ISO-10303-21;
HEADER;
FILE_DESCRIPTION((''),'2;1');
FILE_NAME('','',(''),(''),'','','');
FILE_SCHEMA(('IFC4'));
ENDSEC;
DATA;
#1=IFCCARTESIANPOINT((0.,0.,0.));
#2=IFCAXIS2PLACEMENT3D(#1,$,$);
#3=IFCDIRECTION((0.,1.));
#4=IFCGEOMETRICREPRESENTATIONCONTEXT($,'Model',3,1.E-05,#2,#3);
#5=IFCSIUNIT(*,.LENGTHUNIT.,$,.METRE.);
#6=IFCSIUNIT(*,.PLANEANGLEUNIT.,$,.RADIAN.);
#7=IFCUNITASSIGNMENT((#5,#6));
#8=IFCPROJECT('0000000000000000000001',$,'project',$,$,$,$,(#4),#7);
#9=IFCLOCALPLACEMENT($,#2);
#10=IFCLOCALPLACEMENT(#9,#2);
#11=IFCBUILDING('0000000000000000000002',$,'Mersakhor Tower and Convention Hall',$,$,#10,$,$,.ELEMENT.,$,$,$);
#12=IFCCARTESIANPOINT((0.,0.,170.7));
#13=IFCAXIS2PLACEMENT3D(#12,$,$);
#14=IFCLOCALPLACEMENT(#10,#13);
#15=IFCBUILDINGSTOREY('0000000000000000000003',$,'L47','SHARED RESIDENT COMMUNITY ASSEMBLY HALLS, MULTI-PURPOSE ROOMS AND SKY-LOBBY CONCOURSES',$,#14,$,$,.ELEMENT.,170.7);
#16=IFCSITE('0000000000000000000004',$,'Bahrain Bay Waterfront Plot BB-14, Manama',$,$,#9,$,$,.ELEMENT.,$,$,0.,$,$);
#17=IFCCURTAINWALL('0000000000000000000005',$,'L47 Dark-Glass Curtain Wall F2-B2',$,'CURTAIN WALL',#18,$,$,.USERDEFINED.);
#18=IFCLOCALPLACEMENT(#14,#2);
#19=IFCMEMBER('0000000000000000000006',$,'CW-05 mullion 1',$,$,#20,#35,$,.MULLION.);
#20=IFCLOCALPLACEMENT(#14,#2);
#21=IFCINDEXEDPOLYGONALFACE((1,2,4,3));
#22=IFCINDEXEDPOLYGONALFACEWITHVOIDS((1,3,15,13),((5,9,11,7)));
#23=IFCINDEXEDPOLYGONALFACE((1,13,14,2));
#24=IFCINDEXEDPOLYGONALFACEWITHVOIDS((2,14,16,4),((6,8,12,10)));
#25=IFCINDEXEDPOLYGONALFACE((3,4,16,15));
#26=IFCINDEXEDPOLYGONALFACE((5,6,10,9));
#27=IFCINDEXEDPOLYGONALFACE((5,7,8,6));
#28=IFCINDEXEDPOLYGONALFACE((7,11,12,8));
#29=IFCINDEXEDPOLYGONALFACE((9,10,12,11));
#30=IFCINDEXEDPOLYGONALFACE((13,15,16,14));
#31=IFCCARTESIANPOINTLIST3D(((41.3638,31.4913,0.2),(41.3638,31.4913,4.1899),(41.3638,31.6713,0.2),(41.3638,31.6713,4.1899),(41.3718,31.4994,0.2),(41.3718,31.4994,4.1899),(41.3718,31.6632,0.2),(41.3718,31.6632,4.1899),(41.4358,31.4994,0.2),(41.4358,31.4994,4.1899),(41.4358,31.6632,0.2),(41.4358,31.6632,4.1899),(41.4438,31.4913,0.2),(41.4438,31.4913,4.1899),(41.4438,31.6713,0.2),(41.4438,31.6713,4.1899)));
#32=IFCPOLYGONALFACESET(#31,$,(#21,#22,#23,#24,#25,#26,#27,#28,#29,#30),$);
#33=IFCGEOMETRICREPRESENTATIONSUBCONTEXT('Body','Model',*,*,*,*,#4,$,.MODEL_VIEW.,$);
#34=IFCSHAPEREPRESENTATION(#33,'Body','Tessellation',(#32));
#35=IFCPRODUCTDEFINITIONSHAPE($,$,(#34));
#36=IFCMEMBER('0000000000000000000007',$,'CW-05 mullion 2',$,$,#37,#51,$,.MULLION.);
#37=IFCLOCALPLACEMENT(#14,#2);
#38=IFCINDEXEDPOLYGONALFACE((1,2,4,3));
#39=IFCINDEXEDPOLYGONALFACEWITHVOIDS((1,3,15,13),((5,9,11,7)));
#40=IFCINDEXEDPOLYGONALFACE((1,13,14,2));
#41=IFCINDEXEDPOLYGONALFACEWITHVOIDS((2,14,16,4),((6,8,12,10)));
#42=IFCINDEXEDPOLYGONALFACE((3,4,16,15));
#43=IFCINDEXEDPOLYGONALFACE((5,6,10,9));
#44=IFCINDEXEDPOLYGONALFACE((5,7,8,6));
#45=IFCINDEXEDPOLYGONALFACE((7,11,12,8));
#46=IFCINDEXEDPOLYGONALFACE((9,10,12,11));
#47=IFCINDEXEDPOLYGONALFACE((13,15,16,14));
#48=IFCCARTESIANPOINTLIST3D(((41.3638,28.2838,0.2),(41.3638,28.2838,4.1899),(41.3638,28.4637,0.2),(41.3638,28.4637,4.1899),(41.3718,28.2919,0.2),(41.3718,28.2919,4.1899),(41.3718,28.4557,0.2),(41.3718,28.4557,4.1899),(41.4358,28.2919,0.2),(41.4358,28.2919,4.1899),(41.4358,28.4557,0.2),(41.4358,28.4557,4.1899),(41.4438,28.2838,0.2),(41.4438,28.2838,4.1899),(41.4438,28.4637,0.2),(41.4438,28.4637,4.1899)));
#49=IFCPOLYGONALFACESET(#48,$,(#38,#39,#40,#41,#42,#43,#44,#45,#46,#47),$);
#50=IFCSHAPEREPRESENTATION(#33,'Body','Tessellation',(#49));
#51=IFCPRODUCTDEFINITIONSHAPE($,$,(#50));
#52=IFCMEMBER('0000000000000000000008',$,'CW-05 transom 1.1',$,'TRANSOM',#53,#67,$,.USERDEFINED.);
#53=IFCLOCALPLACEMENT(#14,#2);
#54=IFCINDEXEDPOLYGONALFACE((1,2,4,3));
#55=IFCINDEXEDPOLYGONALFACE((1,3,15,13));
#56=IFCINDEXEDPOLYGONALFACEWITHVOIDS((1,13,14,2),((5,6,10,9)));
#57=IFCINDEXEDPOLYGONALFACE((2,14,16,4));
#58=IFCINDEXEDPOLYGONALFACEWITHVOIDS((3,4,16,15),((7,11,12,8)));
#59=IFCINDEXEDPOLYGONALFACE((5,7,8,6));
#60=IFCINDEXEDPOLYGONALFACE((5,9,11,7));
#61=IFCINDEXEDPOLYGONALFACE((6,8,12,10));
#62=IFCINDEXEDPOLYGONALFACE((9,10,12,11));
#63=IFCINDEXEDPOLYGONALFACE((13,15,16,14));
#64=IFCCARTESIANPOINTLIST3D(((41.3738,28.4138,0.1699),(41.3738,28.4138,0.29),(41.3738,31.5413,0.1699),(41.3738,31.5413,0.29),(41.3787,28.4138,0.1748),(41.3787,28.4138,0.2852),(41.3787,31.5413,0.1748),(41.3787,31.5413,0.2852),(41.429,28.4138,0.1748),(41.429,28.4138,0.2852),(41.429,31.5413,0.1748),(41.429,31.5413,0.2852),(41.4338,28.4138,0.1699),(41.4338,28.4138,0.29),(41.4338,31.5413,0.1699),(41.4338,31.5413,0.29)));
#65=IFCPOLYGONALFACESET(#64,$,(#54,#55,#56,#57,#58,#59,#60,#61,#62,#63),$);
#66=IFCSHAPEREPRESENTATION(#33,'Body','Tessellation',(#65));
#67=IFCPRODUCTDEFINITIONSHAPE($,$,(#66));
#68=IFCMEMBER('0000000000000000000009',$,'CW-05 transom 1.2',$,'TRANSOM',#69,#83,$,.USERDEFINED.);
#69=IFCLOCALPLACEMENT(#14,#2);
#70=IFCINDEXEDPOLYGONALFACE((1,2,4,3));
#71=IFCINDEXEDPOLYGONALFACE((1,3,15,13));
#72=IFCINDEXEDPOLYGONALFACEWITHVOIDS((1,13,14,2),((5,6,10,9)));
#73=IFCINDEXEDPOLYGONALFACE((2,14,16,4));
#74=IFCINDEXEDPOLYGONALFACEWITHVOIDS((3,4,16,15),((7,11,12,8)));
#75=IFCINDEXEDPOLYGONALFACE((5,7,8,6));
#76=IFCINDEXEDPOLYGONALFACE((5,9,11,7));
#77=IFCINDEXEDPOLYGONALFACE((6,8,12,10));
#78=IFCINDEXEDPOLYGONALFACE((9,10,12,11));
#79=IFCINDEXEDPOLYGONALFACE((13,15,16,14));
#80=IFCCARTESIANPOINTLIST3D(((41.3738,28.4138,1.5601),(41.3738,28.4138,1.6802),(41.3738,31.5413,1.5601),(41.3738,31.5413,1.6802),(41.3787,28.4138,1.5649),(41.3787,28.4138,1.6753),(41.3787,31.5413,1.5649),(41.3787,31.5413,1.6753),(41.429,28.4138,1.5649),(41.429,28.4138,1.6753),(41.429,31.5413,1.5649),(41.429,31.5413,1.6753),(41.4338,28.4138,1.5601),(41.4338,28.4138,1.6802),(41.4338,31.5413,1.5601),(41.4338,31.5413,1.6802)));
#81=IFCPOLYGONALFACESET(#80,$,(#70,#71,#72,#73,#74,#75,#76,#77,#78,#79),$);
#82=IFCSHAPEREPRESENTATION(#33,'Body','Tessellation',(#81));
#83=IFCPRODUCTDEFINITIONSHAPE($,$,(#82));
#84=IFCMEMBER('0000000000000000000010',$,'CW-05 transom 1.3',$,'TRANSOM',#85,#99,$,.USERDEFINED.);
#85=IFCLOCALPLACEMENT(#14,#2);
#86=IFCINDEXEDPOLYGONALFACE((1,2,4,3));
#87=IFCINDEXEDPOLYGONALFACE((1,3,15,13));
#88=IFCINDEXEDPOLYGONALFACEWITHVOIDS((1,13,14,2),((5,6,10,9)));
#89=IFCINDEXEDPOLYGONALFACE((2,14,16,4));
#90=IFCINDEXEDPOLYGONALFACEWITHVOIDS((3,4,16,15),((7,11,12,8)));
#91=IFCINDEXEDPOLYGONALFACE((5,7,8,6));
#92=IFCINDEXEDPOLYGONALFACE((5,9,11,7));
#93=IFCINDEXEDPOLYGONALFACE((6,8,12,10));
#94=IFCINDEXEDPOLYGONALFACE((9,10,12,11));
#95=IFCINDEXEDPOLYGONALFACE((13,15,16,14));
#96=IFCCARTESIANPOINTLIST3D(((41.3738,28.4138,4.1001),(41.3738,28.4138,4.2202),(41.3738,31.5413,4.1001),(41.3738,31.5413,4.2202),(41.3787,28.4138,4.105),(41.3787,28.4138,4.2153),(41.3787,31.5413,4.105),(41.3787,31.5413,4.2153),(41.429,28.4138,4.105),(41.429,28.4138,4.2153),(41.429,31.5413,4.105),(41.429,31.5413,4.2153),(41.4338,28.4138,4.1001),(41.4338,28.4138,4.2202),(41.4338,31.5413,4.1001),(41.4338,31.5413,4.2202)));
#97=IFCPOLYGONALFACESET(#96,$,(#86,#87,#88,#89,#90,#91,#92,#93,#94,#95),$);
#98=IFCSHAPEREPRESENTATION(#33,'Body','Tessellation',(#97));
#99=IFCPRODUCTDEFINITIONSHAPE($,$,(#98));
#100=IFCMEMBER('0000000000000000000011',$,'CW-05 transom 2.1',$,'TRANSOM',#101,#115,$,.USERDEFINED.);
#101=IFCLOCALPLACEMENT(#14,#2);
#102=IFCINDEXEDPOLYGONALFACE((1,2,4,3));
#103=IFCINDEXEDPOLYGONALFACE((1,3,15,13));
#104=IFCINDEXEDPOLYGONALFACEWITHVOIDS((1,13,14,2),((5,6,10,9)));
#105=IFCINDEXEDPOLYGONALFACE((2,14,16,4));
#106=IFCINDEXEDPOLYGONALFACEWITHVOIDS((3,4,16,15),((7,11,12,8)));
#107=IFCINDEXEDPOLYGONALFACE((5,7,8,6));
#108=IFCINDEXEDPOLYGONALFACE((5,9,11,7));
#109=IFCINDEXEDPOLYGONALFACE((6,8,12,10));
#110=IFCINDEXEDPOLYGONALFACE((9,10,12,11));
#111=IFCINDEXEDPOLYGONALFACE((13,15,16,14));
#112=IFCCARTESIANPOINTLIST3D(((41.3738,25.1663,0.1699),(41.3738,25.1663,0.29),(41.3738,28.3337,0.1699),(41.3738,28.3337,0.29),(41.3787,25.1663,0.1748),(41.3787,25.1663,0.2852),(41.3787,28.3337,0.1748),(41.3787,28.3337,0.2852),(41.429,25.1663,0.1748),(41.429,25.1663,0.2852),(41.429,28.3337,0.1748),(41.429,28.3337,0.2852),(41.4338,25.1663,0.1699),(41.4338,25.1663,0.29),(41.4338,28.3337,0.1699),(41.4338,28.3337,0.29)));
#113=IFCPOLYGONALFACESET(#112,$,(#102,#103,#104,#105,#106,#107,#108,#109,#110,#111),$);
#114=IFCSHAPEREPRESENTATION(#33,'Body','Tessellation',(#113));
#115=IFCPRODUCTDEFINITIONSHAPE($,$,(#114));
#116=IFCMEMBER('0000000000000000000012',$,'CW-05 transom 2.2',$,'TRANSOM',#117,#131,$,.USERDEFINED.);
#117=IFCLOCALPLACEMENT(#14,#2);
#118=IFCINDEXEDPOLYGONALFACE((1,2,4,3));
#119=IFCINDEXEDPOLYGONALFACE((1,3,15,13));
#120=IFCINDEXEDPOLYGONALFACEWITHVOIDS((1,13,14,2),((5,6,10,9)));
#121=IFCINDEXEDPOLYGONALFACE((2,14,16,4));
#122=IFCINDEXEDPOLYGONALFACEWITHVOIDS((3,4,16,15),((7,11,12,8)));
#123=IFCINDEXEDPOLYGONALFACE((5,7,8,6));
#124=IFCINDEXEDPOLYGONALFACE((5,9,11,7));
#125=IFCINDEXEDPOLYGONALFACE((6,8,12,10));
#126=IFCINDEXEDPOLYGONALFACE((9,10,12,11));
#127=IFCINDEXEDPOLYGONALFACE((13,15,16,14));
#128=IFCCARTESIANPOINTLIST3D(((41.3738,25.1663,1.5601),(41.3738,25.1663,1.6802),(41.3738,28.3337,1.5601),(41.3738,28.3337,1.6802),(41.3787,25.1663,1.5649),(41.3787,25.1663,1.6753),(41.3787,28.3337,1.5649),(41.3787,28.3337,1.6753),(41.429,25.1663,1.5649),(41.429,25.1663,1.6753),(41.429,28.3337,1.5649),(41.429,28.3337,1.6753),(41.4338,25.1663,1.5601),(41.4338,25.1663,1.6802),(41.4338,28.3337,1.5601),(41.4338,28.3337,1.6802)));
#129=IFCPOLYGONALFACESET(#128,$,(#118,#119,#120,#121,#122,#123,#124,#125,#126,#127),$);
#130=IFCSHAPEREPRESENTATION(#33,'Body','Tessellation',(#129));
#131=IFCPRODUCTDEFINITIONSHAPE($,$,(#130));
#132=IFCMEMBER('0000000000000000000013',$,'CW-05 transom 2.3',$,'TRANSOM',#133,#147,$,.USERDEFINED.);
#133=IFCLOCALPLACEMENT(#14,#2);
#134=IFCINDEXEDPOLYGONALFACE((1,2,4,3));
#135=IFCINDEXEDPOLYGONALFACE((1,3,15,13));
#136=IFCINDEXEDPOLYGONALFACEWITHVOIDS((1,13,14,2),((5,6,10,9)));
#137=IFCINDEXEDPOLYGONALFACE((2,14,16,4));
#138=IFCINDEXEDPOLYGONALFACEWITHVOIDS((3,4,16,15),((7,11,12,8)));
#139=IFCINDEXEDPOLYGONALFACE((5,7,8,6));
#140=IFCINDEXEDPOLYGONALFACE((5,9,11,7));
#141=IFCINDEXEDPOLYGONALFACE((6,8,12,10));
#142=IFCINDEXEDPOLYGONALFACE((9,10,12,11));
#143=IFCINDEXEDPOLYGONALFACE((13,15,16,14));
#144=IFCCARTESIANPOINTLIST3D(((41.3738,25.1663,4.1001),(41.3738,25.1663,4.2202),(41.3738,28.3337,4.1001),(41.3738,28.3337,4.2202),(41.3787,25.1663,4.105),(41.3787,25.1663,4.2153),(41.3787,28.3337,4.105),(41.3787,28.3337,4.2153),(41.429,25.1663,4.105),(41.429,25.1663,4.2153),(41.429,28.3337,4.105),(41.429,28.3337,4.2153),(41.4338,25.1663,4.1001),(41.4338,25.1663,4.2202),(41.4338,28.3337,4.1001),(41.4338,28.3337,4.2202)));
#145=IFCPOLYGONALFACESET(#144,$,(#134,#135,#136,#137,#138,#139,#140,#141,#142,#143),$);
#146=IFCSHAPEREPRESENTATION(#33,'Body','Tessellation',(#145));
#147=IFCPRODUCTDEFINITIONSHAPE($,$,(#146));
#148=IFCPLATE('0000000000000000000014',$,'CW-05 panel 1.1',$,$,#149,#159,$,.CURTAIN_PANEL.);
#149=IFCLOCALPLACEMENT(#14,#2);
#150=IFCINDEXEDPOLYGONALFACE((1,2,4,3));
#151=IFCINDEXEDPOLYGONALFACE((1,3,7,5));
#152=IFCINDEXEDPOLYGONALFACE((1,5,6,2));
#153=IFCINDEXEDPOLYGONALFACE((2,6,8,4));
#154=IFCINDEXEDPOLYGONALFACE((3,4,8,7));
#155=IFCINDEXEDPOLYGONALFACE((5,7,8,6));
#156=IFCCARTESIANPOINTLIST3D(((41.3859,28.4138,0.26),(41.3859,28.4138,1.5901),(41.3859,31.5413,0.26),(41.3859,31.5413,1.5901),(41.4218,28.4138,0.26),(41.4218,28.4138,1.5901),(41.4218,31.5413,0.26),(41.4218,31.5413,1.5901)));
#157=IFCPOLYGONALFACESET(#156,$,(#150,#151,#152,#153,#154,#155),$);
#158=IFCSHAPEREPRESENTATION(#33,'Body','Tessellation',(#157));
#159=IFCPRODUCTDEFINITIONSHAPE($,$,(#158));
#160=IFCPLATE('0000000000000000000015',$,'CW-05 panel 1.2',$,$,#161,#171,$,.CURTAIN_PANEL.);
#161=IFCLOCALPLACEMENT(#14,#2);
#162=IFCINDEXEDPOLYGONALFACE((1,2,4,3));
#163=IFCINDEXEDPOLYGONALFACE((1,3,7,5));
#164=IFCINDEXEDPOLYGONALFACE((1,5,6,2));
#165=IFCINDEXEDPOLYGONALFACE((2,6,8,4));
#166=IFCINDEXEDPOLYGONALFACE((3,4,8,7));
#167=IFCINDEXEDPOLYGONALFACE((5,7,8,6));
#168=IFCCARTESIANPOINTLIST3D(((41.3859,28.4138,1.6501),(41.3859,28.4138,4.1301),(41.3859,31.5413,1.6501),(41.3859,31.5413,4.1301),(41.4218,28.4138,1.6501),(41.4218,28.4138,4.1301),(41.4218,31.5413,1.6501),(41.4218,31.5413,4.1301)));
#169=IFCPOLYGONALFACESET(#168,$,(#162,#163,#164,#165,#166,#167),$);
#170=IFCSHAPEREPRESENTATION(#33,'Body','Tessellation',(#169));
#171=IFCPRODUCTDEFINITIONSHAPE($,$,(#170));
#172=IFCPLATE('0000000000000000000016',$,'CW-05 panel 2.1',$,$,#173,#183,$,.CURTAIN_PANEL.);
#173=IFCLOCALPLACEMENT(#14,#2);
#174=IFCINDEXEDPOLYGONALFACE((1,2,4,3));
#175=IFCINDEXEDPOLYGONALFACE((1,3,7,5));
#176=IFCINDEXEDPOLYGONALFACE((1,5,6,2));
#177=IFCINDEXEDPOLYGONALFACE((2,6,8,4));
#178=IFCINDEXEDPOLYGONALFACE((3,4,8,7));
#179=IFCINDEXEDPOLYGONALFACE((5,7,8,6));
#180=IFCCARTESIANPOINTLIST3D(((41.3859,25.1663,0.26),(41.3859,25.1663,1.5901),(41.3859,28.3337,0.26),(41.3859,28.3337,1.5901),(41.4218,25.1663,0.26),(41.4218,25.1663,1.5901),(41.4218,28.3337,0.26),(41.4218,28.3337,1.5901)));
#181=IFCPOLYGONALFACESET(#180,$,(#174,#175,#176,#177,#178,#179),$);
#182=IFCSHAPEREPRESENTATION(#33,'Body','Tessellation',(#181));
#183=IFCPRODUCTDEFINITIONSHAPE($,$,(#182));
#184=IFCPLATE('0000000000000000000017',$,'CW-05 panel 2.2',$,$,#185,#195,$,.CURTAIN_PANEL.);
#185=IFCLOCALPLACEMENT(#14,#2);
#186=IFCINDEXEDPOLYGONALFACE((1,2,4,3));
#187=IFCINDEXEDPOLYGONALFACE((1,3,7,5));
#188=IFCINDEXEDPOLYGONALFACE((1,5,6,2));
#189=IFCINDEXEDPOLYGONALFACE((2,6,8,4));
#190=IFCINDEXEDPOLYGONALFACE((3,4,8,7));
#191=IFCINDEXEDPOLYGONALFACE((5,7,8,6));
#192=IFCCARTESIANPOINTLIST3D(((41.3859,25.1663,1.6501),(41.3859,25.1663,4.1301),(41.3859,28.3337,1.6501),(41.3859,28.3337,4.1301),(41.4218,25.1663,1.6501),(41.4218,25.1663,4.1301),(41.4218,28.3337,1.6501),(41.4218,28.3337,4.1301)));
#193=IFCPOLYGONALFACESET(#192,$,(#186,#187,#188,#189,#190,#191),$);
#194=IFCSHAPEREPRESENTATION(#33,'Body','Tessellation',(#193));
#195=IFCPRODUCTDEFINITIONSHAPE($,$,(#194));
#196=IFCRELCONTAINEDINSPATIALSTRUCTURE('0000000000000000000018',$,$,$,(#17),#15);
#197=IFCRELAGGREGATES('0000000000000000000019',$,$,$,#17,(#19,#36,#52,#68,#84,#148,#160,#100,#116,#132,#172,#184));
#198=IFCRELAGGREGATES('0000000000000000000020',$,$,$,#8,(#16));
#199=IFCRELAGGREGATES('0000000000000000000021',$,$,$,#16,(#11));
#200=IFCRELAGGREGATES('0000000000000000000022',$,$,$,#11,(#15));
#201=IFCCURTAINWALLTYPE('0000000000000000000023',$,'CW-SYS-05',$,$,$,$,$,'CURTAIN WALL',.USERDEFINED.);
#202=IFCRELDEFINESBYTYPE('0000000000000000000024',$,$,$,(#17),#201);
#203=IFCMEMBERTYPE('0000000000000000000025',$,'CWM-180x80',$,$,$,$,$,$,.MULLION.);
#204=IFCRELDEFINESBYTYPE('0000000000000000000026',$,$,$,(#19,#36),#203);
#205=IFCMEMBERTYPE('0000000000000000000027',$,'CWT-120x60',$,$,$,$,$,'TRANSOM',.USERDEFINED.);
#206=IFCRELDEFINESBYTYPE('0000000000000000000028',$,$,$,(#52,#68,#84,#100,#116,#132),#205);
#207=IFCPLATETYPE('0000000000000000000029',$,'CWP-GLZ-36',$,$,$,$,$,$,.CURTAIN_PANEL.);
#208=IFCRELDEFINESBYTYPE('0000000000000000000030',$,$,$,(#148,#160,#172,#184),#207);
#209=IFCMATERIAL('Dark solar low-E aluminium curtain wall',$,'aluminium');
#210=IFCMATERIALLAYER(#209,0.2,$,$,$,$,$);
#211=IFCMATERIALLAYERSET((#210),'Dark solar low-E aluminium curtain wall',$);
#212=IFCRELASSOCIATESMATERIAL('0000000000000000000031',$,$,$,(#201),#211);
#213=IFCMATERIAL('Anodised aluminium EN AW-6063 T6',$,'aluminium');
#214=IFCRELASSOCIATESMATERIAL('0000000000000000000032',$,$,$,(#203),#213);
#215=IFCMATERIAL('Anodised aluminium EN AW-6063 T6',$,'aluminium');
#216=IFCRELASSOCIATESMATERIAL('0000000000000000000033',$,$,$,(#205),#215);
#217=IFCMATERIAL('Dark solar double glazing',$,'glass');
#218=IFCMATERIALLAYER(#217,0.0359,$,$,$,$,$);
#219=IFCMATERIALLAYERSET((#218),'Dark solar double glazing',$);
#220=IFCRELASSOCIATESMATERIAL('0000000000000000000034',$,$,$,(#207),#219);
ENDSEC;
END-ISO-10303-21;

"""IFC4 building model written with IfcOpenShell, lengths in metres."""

from ifc_helpers import new_model, si_unit, direction, frame, origin, origin_2d, place, context, subcontext, project, spatial, rectangle, hollow_rectangle, extrude, material, layer, layer_set, material_profile, profile_set, type_object, element, aggregate, save


model = new_model("IFC4")

# Units and contexts
model_context = context("Model", 3, precision=1e-05, world=origin(), true_north=direction((0.0, 1.0)))
body_context = subcontext(model_context, "Body", "Model", "MODEL_VIEW")
ifc_project = project(units=[si_unit("LENGTHUNIT", "METRE"), si_unit("PLANEANGLEUNIT", "RADIAN")], contexts=[model_context])

# Site, building, storey
site_placement = place(None, origin())
site = spatial("IfcSite", under=ifc_project, at=site_placement, Name="Bahrain Bay Waterfront Plot BB-14, Manama", CompositionType="ELEMENT", RefElevation=0.0)
building_placement = place(site_placement, origin())
building = spatial("IfcBuilding", under=site, at=building_placement, Name="Mersakhor Tower and Convention Hall", CompositionType="ELEMENT")
storey_placement = place(building_placement, frame((0.0, 0.0, 170.7)))
storey = spatial("IfcBuildingStorey", under=building, at=storey_placement, Name="L47", Description="SHARED RESIDENT COMMUNITY ASSEMBLY HALLS, MULTI-PURPOSE ROOMS AND SKY-LOBBY CONCOURSES", CompositionType="ELEMENT", Elevation=170.7)

# Curtain wall, members, plates
ifc_material_1 = material(Name="Dark solar low-E aluminium curtain wall", Category="aluminium")
ifc_layer_1 = layer(ifc_material_1, 0.2)
ifc_layer_set_1 = layer_set([ifc_layer_1], Name="Dark solar low-E aluminium curtain wall")
curtain_wall_type = type_object("IfcCurtainWallType", Name="CW-SYS-05", ElementType="CURTAIN WALL", PredefinedType="USERDEFINED", material=ifc_layer_set_1)
curtain_wall_placement = place(storey_placement, origin())
curtain_wall = element("IfcCurtainWall", 1, at=curtain_wall_placement, inside=storey, type_object=curtain_wall_type, Name="L47 Dark-Glass Curtain Wall F2-B2", ObjectType="CURTAIN WALL", PredefinedType="USERDEFINED")
ifc_material_2 = material(Name="Anodised aluminium EN AW-6063 T6", Category="aluminium")
ifc_material_profile_1 = material_profile(ifc_material_2, hollow_rectangle(XDim=0.0801, YDim=0.1799, WallThickness=0.0081, at=origin_2d()), Name="RHS 180x80x8")
ifc_profile_set_1 = profile_set([ifc_material_profile_1], Name="Anodised aluminium EN AW-6063 T6")
member_type_1 = type_object("IfcMemberType", Name="CWM-180x80", PredefinedType="MULLION", material=ifc_profile_set_1)
member_1_placement = place(storey_placement, frame((41.4038, 31.5813, 0.2), z_axis=(0.0, 0.0, 1.0), x_axis=(1.0, 0.0, 0.0)))
member_1 = element("IfcMember", 2, at=member_1_placement, type_object=member_type_1, Name="CW-05 mullion 1", PredefinedType="MULLION", context=body_context, shape_type="SweptSolid", body=[
    extrude(hollow_rectangle(XDim=0.0801, YDim=0.1799, WallThickness=0.0081, at=origin_2d()), origin(), (0.0, 0.0, 1.0), 3.99),
])
member_2_placement = place(storey_placement, frame((41.4038, 28.3738, 0.2), z_axis=(0.0, 0.0, 1.0), x_axis=(1.0, 0.0, 0.0)))
member_2 = element("IfcMember", 3, at=member_2_placement, type_object=member_type_1, Name="CW-05 mullion 2", PredefinedType="MULLION", context=body_context, shape_type="SweptSolid", body=[
    extrude(hollow_rectangle(XDim=0.0801, YDim=0.1799, WallThickness=0.0081, at=origin_2d()), origin(), (0.0, 0.0, 1.0), 3.99),
])
ifc_material_3 = material(Name="Anodised aluminium EN AW-6063 T6", Category="aluminium")
ifc_material_profile_2 = material_profile(ifc_material_3, hollow_rectangle(XDim=0.0601, YDim=0.1201, WallThickness=0.0049, at=origin_2d()), Name="RHS 120x60x5")
ifc_profile_set_2 = profile_set([ifc_material_profile_2], Name="Anodised aluminium EN AW-6063 T6")
member_type_2 = type_object("IfcMemberType", Name="CWT-120x60", ElementType="TRANSOM", PredefinedType="USERDEFINED", material=ifc_profile_set_2)
member_3_placement = place(storey_placement, frame((41.4038, 31.5413, 0.23), z_axis=(0.0, -1.0, 0.0), x_axis=(1.0, 0.0, 0.0)))
member_3 = element("IfcMember", 4, at=member_3_placement, type_object=member_type_2, Name="CW-05 transom 1.1", ObjectType="TRANSOM", PredefinedType="USERDEFINED", context=body_context, shape_type="SweptSolid", body=[
    extrude(hollow_rectangle(XDim=0.0601, YDim=0.1201, WallThickness=0.0049, at=origin_2d()), origin(), (0.0, 0.0, 1.0), 3.1274),
])
member_4_placement = place(storey_placement, frame((41.4038, 31.5413, 1.6201), z_axis=(0.0, -1.0, 0.0), x_axis=(1.0, 0.0, 0.0)))
member_4 = element("IfcMember", 5, at=member_4_placement, type_object=member_type_2, Name="CW-05 transom 1.2", ObjectType="TRANSOM", PredefinedType="USERDEFINED", context=body_context, shape_type="SweptSolid", body=[
    extrude(hollow_rectangle(XDim=0.0601, YDim=0.1201, WallThickness=0.0049, at=origin_2d()), origin(), (0.0, 0.0, 1.0), 3.1274),
])
member_5_placement = place(storey_placement, frame((41.4038, 31.5413, 4.1602), z_axis=(0.0, -1.0, 0.0), x_axis=(1.0, 0.0, 0.0)))
member_5 = element("IfcMember", 6, at=member_5_placement, type_object=member_type_2, Name="CW-05 transom 1.3", ObjectType="TRANSOM", PredefinedType="USERDEFINED", context=body_context, shape_type="SweptSolid", body=[
    extrude(hollow_rectangle(XDim=0.0601, YDim=0.1201, WallThickness=0.0049, at=origin_2d()), origin(), (0.0, 0.0, 1.0), 3.1274),
])
member_6_placement = place(storey_placement, frame((41.4038, 28.3337, 0.23), z_axis=(0.0, -1.0, 0.0), x_axis=(1.0, 0.0, 0.0)))
member_6 = element("IfcMember", 7, at=member_6_placement, type_object=member_type_2, Name="CW-05 transom 2.1", ObjectType="TRANSOM", PredefinedType="USERDEFINED", context=body_context, shape_type="SweptSolid", body=[
    extrude(hollow_rectangle(XDim=0.0601, YDim=0.1201, WallThickness=0.0049, at=origin_2d()), origin(), (0.0, 0.0, 1.0), 3.1675),
])
member_7_placement = place(storey_placement, frame((41.4038, 28.3337, 1.6201), z_axis=(0.0, -1.0, 0.0), x_axis=(1.0, 0.0, 0.0)))
member_7 = element("IfcMember", 8, at=member_7_placement, type_object=member_type_2, Name="CW-05 transom 2.2", ObjectType="TRANSOM", PredefinedType="USERDEFINED", context=body_context, shape_type="SweptSolid", body=[
    extrude(hollow_rectangle(XDim=0.0601, YDim=0.1201, WallThickness=0.0049, at=origin_2d()), origin(), (0.0, 0.0, 1.0), 3.1675),
])
member_8_placement = place(storey_placement, frame((41.4038, 28.3337, 4.1602), z_axis=(0.0, -1.0, 0.0), x_axis=(1.0, 0.0, 0.0)))
member_8 = element("IfcMember", 9, at=member_8_placement, type_object=member_type_2, Name="CW-05 transom 2.3", ObjectType="TRANSOM", PredefinedType="USERDEFINED", context=body_context, shape_type="SweptSolid", body=[
    extrude(hollow_rectangle(XDim=0.0601, YDim=0.1201, WallThickness=0.0049, at=origin_2d()), origin(), (0.0, 0.0, 1.0), 3.1675),
])
ifc_material_4 = material(Name="Dark solar double glazing", Category="glass")
ifc_layer_2 = layer(ifc_material_4, 0.0359)
ifc_layer_set_2 = layer_set([ifc_layer_2], Name="Dark solar double glazing")
plate_type_1 = type_object("IfcPlateType", Name="CWP-GLZ-36", PredefinedType="CURTAIN_PANEL", material=ifc_layer_set_2)
plate_1_placement = place(storey_placement, frame((41.4038, 29.9775, 0.26), z_axis=(0.0, 0.0, 1.0), x_axis=(0.0, -1.0, 0.0)))
plate_1 = element("IfcPlate", 10, at=plate_1_placement, type_object=plate_type_1, Name="CW-05 panel 1.1", PredefinedType="CURTAIN_PANEL", context=body_context, shape_type="SweptSolid", body=[
    extrude(rectangle(XDim=3.1274, YDim=0.0359, at=origin_2d()), origin(), (0.0, 0.0, 1.0), 1.3301),
])
plate_2_placement = place(storey_placement, frame((41.4038, 29.9775, 1.6501), z_axis=(0.0, 0.0, 1.0), x_axis=(0.0, -1.0, 0.0)))
plate_2 = element("IfcPlate", 11, at=plate_2_placement, type_object=plate_type_1, Name="CW-05 panel 1.2", PredefinedType="CURTAIN_PANEL", context=body_context, shape_type="SweptSolid", body=[
    extrude(rectangle(XDim=3.1274, YDim=0.0359, at=origin_2d()), origin(), (0.0, 0.0, 1.0), 2.48),
])
plate_3_placement = place(storey_placement, frame((41.4038, 26.75, 0.26), z_axis=(0.0, 0.0, 1.0), x_axis=(0.0, -1.0, 0.0)))
plate_3 = element("IfcPlate", 12, at=plate_3_placement, type_object=plate_type_1, Name="CW-05 panel 2.1", PredefinedType="CURTAIN_PANEL", context=body_context, shape_type="SweptSolid", body=[
    extrude(rectangle(XDim=3.1675, YDim=0.0359, at=origin_2d()), origin(), (0.0, 0.0, 1.0), 1.3301),
])
plate_4_placement = place(storey_placement, frame((41.4038, 26.75, 1.6501), z_axis=(0.0, 0.0, 1.0), x_axis=(0.0, -1.0, 0.0)))
plate_4 = element("IfcPlate", 13, at=plate_4_placement, type_object=plate_type_1, Name="CW-05 panel 2.2", PredefinedType="CURTAIN_PANEL", context=body_context, shape_type="SweptSolid", body=[
    extrude(rectangle(XDim=3.1675, YDim=0.0359, at=origin_2d()), origin(), (0.0, 0.0, 1.0), 2.48),
])
aggregate(curtain_wall, [member_1, member_2, member_3, member_4, member_5, plate_1, plate_2, member_6, member_7, member_8, plate_3, plate_4])

save(model, "model.ifc")
